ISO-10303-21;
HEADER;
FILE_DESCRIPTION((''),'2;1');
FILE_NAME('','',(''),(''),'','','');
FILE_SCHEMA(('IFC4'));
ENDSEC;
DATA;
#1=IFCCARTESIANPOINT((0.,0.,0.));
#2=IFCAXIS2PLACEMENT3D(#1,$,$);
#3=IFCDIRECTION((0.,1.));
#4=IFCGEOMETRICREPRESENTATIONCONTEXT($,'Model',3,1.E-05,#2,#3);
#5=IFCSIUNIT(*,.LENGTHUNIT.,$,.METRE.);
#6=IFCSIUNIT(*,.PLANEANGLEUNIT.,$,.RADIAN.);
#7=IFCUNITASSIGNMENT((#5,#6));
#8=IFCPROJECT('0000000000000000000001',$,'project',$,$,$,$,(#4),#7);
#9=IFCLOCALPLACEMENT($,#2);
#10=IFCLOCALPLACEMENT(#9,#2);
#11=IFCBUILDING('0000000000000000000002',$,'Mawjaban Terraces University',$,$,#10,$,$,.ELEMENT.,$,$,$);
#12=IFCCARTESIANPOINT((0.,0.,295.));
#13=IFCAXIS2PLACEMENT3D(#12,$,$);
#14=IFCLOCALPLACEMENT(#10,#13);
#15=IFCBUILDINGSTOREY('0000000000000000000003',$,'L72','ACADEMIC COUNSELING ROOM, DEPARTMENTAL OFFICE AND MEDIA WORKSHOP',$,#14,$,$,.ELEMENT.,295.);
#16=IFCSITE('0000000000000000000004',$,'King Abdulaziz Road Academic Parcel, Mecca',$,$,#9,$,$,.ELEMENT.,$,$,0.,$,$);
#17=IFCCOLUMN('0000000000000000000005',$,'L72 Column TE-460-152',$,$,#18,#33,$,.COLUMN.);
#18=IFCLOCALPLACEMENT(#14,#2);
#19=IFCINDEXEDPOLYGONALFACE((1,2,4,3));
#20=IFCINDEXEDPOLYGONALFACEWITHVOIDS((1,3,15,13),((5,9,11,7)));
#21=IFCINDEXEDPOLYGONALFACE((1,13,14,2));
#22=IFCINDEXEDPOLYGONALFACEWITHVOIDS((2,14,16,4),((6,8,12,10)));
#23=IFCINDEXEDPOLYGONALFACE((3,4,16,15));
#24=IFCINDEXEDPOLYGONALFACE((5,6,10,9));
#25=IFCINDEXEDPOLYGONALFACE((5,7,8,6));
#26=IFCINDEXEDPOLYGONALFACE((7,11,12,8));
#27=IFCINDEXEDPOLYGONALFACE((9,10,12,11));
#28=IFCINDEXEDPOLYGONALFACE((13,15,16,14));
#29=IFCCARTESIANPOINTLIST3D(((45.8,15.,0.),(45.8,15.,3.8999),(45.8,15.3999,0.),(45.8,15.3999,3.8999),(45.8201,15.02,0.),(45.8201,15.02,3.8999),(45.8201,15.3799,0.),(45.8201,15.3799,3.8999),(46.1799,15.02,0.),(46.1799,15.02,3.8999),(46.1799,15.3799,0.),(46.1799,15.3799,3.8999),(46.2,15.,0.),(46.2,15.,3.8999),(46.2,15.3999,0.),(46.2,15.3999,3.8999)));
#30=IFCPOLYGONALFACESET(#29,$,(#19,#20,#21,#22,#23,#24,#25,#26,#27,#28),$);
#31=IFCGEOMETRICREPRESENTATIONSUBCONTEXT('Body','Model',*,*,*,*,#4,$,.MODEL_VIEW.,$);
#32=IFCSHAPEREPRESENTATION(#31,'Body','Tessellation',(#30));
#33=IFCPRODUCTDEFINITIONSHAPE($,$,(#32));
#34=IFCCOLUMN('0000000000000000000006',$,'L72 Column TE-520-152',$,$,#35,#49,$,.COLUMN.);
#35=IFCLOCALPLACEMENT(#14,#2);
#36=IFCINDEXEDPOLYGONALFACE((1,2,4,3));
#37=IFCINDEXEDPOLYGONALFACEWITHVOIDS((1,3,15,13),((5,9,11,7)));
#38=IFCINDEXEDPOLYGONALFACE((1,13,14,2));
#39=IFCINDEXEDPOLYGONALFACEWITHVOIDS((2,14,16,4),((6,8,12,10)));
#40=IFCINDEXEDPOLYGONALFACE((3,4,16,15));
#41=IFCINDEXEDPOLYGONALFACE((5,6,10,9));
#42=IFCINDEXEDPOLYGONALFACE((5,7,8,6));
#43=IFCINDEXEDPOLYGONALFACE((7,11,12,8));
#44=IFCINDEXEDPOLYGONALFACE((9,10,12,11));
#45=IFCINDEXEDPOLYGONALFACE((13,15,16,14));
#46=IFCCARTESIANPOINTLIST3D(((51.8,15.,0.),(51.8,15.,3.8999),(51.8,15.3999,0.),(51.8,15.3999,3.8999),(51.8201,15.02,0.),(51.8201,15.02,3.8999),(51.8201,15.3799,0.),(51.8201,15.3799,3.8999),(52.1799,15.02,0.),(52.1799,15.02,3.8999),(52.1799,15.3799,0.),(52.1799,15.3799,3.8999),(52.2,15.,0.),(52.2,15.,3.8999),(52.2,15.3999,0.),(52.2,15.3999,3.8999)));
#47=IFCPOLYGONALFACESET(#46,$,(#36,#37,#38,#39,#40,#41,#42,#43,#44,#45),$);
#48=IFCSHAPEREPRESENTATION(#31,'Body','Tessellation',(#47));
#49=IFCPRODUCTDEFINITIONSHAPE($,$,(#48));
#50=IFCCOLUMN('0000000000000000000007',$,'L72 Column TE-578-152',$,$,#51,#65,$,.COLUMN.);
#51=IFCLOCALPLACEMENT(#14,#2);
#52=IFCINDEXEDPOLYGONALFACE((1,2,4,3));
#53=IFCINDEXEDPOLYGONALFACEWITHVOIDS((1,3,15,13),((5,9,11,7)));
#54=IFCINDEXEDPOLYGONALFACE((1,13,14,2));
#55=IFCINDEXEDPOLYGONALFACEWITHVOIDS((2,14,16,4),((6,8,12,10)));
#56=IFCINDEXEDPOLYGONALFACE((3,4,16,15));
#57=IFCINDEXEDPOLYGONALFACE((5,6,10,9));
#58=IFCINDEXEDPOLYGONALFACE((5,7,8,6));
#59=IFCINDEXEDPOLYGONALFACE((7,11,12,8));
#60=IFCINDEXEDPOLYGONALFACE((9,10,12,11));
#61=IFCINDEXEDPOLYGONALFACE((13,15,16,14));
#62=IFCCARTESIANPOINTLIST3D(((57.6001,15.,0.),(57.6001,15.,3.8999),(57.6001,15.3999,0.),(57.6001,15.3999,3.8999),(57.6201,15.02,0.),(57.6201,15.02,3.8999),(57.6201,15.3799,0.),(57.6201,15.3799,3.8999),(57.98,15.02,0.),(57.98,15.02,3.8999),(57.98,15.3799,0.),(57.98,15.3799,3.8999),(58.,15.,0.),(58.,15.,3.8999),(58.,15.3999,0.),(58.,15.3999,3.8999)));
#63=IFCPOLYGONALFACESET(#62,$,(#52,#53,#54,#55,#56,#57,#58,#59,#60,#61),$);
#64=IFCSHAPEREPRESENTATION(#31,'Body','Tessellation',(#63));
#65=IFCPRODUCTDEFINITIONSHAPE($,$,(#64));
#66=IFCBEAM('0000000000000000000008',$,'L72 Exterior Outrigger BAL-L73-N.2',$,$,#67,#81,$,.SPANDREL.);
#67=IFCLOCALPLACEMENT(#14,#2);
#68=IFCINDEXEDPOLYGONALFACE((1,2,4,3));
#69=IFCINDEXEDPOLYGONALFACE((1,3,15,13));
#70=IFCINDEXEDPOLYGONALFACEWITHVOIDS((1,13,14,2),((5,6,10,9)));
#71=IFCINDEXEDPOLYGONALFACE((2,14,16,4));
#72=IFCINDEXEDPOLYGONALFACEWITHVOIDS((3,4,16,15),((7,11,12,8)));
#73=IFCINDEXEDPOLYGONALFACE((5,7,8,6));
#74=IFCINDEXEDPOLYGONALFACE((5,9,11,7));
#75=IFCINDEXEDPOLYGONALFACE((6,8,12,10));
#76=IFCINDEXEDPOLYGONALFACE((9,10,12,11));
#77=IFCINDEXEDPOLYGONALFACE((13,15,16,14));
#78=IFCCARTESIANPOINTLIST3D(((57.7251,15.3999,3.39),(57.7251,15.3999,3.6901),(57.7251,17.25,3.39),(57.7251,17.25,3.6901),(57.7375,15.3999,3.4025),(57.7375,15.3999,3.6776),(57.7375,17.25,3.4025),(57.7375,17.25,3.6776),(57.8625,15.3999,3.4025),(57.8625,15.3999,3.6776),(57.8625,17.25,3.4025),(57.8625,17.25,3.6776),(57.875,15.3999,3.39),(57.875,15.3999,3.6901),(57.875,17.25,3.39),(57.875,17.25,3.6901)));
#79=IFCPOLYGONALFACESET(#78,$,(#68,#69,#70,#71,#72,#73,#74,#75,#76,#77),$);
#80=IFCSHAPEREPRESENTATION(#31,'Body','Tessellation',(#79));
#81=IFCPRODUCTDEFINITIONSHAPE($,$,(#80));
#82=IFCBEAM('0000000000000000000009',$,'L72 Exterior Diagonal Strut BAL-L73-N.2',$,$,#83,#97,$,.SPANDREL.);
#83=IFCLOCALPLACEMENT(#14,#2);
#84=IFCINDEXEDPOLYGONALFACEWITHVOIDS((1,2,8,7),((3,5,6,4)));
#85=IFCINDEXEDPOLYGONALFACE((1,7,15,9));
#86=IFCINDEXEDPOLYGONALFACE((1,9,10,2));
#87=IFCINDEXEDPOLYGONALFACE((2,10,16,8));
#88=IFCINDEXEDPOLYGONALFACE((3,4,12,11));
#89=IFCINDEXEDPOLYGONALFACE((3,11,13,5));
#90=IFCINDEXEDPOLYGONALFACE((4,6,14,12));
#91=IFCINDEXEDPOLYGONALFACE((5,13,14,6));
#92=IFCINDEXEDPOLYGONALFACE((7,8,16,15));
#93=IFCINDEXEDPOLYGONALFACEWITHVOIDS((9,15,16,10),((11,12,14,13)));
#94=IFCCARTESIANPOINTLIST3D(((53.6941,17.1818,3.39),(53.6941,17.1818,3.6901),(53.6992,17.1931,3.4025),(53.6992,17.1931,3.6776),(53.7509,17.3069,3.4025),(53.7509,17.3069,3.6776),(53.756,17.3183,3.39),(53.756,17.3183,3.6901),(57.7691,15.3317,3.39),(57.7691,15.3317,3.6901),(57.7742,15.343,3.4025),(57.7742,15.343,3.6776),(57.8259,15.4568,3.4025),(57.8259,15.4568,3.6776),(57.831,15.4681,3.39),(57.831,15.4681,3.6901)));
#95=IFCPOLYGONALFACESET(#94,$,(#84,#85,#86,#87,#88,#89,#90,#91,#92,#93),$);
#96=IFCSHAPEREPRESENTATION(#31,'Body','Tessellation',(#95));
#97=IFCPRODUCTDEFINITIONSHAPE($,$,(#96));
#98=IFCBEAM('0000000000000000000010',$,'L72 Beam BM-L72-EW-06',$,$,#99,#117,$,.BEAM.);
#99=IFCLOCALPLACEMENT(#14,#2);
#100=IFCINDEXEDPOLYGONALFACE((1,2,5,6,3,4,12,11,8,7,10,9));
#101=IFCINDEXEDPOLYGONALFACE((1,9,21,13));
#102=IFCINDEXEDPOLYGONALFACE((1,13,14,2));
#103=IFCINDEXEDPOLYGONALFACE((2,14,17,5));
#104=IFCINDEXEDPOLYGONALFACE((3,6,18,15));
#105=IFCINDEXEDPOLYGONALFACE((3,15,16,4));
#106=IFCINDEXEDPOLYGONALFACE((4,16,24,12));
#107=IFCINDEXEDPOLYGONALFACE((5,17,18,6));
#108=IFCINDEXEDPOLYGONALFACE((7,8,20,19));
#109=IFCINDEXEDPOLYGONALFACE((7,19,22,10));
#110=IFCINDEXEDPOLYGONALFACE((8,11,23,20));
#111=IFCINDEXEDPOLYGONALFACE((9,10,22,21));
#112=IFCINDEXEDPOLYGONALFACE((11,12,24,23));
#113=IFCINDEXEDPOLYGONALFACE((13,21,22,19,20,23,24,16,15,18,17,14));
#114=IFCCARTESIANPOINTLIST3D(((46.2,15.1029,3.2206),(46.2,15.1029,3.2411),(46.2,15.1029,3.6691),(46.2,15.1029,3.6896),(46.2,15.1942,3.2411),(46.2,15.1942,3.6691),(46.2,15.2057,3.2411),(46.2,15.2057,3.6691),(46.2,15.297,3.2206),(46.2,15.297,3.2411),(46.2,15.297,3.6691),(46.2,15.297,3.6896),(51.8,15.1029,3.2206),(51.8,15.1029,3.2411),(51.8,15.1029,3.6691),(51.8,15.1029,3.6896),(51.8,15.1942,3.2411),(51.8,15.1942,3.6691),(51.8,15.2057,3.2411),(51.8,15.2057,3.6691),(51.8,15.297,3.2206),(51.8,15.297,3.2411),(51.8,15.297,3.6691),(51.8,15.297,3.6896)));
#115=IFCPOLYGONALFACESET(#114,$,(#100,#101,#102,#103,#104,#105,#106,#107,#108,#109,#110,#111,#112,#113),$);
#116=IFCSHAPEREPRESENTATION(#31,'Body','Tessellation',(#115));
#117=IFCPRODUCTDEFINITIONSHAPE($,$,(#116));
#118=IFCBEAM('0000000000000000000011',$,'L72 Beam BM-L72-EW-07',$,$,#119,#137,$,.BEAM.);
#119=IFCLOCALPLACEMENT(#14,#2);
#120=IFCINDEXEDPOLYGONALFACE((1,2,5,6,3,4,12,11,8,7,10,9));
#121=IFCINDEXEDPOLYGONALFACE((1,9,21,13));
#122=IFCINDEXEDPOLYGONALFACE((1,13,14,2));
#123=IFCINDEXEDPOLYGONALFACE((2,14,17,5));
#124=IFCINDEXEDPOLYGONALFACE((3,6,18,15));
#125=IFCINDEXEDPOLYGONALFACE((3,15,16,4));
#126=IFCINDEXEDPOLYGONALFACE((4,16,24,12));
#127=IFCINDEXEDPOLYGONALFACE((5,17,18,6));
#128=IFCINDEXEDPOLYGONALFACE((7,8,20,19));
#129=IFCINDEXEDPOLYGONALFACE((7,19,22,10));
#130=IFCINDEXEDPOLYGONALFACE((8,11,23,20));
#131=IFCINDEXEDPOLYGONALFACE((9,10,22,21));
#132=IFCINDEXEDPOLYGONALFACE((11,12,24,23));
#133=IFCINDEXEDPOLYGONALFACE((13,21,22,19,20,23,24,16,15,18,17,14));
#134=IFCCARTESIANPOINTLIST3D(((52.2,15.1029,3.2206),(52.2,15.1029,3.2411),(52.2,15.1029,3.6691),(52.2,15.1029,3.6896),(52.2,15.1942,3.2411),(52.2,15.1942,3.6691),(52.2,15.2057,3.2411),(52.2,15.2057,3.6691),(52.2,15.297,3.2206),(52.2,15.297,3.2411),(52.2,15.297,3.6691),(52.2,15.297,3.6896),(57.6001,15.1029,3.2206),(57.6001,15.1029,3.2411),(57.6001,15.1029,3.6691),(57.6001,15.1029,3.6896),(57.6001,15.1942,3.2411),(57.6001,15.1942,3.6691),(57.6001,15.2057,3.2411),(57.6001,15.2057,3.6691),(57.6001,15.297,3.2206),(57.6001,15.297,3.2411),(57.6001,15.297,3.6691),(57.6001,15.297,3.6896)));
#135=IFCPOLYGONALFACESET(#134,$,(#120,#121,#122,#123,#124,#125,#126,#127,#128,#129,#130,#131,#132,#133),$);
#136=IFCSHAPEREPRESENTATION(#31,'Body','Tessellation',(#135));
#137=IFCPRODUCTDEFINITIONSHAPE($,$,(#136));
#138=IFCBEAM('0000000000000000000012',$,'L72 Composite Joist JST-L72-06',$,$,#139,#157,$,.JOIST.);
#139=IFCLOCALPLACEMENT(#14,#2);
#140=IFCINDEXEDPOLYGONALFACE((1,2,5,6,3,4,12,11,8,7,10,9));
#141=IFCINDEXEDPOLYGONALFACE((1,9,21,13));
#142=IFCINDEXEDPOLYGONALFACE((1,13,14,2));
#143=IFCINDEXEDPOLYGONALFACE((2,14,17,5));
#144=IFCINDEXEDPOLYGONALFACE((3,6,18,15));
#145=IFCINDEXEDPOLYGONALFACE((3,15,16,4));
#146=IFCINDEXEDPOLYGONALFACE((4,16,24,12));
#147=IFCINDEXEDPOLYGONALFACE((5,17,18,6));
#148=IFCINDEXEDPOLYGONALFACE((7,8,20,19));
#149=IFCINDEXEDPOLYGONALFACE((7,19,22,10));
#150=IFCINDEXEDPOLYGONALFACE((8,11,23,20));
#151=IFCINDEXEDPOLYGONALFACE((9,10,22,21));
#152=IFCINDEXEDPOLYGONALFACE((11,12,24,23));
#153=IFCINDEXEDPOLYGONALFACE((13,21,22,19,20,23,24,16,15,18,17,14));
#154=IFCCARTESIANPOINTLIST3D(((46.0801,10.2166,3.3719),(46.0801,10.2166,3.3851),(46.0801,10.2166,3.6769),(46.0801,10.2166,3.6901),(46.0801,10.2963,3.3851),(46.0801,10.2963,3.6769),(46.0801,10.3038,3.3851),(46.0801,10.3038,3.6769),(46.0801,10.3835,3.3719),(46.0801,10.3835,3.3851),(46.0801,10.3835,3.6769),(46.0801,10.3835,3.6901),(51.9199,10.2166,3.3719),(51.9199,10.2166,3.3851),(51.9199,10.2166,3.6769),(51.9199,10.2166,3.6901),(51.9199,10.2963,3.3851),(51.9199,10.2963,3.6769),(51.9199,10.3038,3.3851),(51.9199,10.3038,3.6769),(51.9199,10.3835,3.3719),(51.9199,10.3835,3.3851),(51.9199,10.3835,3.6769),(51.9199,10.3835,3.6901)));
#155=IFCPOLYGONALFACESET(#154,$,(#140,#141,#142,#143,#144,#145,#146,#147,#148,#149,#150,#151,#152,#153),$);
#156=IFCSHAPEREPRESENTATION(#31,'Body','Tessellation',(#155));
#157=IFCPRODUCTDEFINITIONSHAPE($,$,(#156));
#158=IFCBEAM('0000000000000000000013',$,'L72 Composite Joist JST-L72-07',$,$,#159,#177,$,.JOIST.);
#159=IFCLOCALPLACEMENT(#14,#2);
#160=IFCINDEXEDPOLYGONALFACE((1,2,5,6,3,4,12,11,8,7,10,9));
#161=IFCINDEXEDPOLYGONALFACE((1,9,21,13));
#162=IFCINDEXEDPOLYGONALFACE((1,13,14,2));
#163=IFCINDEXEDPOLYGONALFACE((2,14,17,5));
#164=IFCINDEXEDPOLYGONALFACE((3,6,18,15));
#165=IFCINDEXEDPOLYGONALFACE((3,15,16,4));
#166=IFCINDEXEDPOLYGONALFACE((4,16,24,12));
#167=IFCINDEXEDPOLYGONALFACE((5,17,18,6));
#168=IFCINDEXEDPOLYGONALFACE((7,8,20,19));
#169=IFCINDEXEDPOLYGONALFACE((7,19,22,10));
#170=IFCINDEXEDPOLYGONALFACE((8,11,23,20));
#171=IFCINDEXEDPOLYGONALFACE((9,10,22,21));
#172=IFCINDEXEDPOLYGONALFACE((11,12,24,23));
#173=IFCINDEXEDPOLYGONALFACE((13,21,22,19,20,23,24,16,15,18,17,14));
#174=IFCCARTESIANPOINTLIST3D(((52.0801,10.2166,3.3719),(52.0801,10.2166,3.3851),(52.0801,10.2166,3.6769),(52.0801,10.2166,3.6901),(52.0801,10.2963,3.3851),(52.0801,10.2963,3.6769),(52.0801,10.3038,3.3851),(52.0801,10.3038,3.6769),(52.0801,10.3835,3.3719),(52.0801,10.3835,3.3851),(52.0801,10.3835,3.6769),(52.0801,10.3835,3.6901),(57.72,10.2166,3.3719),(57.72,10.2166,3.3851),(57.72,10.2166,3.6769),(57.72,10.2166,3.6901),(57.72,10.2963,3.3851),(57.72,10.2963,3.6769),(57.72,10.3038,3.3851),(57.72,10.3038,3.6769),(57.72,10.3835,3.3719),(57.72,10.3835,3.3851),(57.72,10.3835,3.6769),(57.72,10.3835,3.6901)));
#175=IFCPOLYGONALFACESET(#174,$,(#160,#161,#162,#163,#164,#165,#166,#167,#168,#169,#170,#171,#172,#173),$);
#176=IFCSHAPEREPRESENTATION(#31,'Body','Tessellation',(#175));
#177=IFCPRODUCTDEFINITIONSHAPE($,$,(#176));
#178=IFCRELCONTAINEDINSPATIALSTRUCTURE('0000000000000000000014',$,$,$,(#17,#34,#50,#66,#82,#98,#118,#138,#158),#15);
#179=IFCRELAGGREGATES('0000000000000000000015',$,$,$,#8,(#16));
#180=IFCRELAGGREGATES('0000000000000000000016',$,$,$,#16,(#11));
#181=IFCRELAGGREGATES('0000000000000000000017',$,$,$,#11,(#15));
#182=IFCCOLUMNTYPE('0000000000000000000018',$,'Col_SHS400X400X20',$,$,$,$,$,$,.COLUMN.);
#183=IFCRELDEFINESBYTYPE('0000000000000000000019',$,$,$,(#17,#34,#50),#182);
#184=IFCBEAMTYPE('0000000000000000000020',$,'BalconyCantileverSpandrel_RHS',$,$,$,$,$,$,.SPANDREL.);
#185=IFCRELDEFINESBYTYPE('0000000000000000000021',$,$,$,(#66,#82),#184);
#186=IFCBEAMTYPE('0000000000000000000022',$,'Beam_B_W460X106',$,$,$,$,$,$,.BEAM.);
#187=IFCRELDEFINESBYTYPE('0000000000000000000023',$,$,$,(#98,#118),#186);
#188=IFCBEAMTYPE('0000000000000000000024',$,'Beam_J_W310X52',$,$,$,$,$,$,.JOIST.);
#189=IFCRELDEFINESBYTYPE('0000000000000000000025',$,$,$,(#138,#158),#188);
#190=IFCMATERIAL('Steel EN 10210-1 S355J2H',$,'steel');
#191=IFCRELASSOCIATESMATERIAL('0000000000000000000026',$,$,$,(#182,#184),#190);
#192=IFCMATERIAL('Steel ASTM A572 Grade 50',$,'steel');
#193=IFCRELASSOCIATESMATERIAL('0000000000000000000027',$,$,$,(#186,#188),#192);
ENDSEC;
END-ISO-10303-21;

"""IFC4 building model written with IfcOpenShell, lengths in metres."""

from ifc_helpers import new_model, si_unit, direction, frame, origin, origin_2d, place, context, subcontext, project, spatial, hollow_rectangle, i_section, extrude, material, material_profile, profile_set, type_object, element, save


model = new_model("IFC4")

# Units and contexts
model_context = context("Model", 3, precision=1e-05, world=origin(), true_north=direction((0.0, 1.0)))
body_context = subcontext(model_context, "Body", "Model", "MODEL_VIEW")
ifc_project = project(units=[si_unit("LENGTHUNIT", "METRE"), si_unit("PLANEANGLEUNIT", "RADIAN")], contexts=[model_context])

# Site, building, storey
site_placement = place(None, origin())
site = spatial("IfcSite", under=ifc_project, at=site_placement, Name="King Abdulaziz Road Academic Parcel, Mecca", CompositionType="ELEMENT", RefElevation=0.0)
building_placement = place(site_placement, origin())
building = spatial("IfcBuilding", under=site, at=building_placement, Name="Mawjaban Terraces University", CompositionType="ELEMENT")
storey_placement = place(building_placement, frame((0.0, 0.0, 295.0)))
storey = spatial("IfcBuildingStorey", under=building, at=storey_placement, Name="L72", Description="ACADEMIC COUNSELING ROOM, DEPARTMENTAL OFFICE AND MEDIA WORKSHOP", CompositionType="ELEMENT", Elevation=295.0)

# Columns
ifc_material_1 = material(Name="Steel EN 10210-1 S355J2H", Category="steel")
ifc_material_profile_1 = material_profile(ifc_material_1, hollow_rectangle(XDim=0.3999, YDim=0.3999, WallThickness=0.02, at=origin_2d()), Name="SHS400X400X20")
ifc_profile_set_1 = profile_set([ifc_material_profile_1], Name="Steel EN 10210-1 S355J2H")
column_type = type_object("IfcColumnType", Name="Col_SHS400X400X20", PredefinedType="COLUMN", material=ifc_profile_set_1)
for number, where, z_axis, x_axis, name in (
    (1, (46.0, 15.2, 0.0), (0.0, 0.0, 1.0), (1.0, 0.0, 0.0), "L72 Column TE-460-152"),
    (2, (52.0, 15.2, 0.0), (0.0, 0.0, 1.0), (1.0, 0.0, 0.0), "L72 Column TE-520-152"),
    (3, (57.8, 15.2, 0.0), (0.0, 0.0, 1.0), (1.0, 0.0, 0.0), "L72 Column TE-578-152"),
):
    element("IfcColumn", number, at=place(storey_placement, frame(where, z_axis=z_axis, x_axis=x_axis)), inside=storey, type_object=column_type, Name=name, PredefinedType="COLUMN", context=body_context, shape_type="SweptSolid", body=[
        extrude(hollow_rectangle(XDim=0.3999, YDim=0.3999, WallThickness=0.02, at=origin_2d()), origin(), (0.0, 0.0, 1.0), 3.8999),
    ])

# Beams
ifc_material_profile_2 = material_profile(ifc_material_1, hollow_rectangle(XDim=0.1499, YDim=0.3, WallThickness=0.0125, at=origin_2d()), Name="RHS300X150X12.5")
ifc_profile_set_2 = profile_set([ifc_material_profile_2], Name="Steel EN 10210-1 S355J2H")
beam_type_1 = type_object("IfcBeamType", Name="BalconyCantileverSpandrel_RHS", PredefinedType="SPANDREL", material=ifc_profile_set_2)
beam_1_placement = place(storey_placement, frame((57.8, 15.3999, 3.54), z_axis=(0.0, 1.0, 0.0), x_axis=(-1.0, 0.0, 0.0)))
element("IfcBeam", 4, at=beam_1_placement, inside=storey, type_object=beam_type_1, Name="L72 Exterior Outrigger BAL-L73-N.2", PredefinedType="SPANDREL", context=body_context, shape_type="SweptSolid", body=[
    extrude(hollow_rectangle(XDim=0.1499, YDim=0.3, WallThickness=0.0125, at=origin_2d()), origin(), (0.0, 0.0, 1.0), 1.8501),
])
beam_2_placement = place(storey_placement, frame((57.8, 15.3999, 3.54), z_axis=(-0.910548, 0.413404, 0.0), x_axis=(-0.413404, -0.910548, 0.0)))
element("IfcBeam", 5, at=beam_2_placement, inside=storey, type_object=beam_type_1, Name="L72 Exterior Diagonal Strut BAL-L73-N.2", PredefinedType="SPANDREL", context=body_context, shape_type="SweptSolid", body=[
    extrude(hollow_rectangle(XDim=0.1499, YDim=0.3, WallThickness=0.0125, at=origin_2d()), origin(), (0.0, 0.0, 1.0), 4.4753),
])
ifc_material_2 = material(Name="Steel ASTM A572 Grade 50", Category="steel")
ifc_material_profile_3 = material_profile(ifc_material_2, i_section(OverallWidth=0.1941, OverallDepth=0.469, WebThickness=0.0115, FlangeThickness=0.0205, at=origin_2d()), Name="W460X106")
ifc_profile_set_3 = profile_set([ifc_material_profile_3], Name="Steel ASTM A572 Grade 50")
beam_type_2 = type_object("IfcBeamType", Name="Beam_B_W460X106", PredefinedType="BEAM", material=ifc_profile_set_3)
beam_3_placement = place(storey_placement, frame((46.2, 15.2, 3.4551), z_axis=(1.0, 0.0, 0.0), x_axis=(0.0, 1.0, 0.0)))
element("IfcBeam", 6, at=beam_3_placement, inside=storey, type_object=beam_type_2, Name="L72 Beam BM-L72-EW-06", PredefinedType="BEAM", context=body_context, shape_type="SweptSolid", body=[
    extrude(i_section(OverallWidth=0.1941, OverallDepth=0.469, WebThickness=0.0115, FlangeThickness=0.0205, at=origin_2d()), origin(), (0.0, 0.0, 1.0), 5.6001),
])
beam_4_placement = place(storey_placement, frame((52.2, 15.2, 3.4551), z_axis=(1.0, 0.0, 0.0), x_axis=(0.0, 1.0, 0.0)))
element("IfcBeam", 7, at=beam_4_placement, inside=storey, type_object=beam_type_2, Name="L72 Beam BM-L72-EW-07", PredefinedType="BEAM", context=body_context, shape_type="SweptSolid", body=[
    extrude(i_section(OverallWidth=0.1941, OverallDepth=0.469, WebThickness=0.0115, FlangeThickness=0.0205, at=origin_2d()), origin(), (0.0, 0.0, 1.0), 5.4001),
])
ifc_material_profile_4 = material_profile(ifc_material_2, i_section(OverallWidth=0.167, OverallDepth=0.3181, WebThickness=0.0076, FlangeThickness=0.0132, at=origin_2d()), Name="W310X52")
ifc_profile_set_4 = profile_set([ifc_material_profile_4], Name="Steel ASTM A572 Grade 50")
beam_type_3 = type_object("IfcBeamType", Name="Beam_J_W310X52", PredefinedType="JOIST", material=ifc_profile_set_4)
beam_5_placement = place(storey_placement, frame((46.0801, 10.3, 3.531), z_axis=(1.0, 0.0, 0.0), x_axis=(0.0, 1.0, 0.0)))
element("IfcBeam", 8, at=beam_5_placement, inside=storey, type_object=beam_type_3, Name="L72 Composite Joist JST-L72-06", PredefinedType="JOIST", context=body_context, shape_type="SweptSolid", body=[
    extrude(i_section(OverallWidth=0.167, OverallDepth=0.3181, WebThickness=0.0076, FlangeThickness=0.0132, at=origin_2d()), origin(), (0.0, 0.0, 1.0), 5.8398),
])
beam_6_placement = place(storey_placement, frame((52.0801, 10.3, 3.531), z_axis=(1.0, 0.0, 0.0), x_axis=(0.0, 1.0, 0.0)))
element("IfcBeam", 9, at=beam_6_placement, inside=storey, type_object=beam_type_3, Name="L72 Composite Joist JST-L72-07", PredefinedType="JOIST", context=body_context, shape_type="SweptSolid", body=[
    extrude(i_section(OverallWidth=0.167, OverallDepth=0.3181, WebThickness=0.0076, FlangeThickness=0.0132, at=origin_2d()), origin(), (0.0, 0.0, 1.0), 5.6399),
])

save(model, "model.ifc")
